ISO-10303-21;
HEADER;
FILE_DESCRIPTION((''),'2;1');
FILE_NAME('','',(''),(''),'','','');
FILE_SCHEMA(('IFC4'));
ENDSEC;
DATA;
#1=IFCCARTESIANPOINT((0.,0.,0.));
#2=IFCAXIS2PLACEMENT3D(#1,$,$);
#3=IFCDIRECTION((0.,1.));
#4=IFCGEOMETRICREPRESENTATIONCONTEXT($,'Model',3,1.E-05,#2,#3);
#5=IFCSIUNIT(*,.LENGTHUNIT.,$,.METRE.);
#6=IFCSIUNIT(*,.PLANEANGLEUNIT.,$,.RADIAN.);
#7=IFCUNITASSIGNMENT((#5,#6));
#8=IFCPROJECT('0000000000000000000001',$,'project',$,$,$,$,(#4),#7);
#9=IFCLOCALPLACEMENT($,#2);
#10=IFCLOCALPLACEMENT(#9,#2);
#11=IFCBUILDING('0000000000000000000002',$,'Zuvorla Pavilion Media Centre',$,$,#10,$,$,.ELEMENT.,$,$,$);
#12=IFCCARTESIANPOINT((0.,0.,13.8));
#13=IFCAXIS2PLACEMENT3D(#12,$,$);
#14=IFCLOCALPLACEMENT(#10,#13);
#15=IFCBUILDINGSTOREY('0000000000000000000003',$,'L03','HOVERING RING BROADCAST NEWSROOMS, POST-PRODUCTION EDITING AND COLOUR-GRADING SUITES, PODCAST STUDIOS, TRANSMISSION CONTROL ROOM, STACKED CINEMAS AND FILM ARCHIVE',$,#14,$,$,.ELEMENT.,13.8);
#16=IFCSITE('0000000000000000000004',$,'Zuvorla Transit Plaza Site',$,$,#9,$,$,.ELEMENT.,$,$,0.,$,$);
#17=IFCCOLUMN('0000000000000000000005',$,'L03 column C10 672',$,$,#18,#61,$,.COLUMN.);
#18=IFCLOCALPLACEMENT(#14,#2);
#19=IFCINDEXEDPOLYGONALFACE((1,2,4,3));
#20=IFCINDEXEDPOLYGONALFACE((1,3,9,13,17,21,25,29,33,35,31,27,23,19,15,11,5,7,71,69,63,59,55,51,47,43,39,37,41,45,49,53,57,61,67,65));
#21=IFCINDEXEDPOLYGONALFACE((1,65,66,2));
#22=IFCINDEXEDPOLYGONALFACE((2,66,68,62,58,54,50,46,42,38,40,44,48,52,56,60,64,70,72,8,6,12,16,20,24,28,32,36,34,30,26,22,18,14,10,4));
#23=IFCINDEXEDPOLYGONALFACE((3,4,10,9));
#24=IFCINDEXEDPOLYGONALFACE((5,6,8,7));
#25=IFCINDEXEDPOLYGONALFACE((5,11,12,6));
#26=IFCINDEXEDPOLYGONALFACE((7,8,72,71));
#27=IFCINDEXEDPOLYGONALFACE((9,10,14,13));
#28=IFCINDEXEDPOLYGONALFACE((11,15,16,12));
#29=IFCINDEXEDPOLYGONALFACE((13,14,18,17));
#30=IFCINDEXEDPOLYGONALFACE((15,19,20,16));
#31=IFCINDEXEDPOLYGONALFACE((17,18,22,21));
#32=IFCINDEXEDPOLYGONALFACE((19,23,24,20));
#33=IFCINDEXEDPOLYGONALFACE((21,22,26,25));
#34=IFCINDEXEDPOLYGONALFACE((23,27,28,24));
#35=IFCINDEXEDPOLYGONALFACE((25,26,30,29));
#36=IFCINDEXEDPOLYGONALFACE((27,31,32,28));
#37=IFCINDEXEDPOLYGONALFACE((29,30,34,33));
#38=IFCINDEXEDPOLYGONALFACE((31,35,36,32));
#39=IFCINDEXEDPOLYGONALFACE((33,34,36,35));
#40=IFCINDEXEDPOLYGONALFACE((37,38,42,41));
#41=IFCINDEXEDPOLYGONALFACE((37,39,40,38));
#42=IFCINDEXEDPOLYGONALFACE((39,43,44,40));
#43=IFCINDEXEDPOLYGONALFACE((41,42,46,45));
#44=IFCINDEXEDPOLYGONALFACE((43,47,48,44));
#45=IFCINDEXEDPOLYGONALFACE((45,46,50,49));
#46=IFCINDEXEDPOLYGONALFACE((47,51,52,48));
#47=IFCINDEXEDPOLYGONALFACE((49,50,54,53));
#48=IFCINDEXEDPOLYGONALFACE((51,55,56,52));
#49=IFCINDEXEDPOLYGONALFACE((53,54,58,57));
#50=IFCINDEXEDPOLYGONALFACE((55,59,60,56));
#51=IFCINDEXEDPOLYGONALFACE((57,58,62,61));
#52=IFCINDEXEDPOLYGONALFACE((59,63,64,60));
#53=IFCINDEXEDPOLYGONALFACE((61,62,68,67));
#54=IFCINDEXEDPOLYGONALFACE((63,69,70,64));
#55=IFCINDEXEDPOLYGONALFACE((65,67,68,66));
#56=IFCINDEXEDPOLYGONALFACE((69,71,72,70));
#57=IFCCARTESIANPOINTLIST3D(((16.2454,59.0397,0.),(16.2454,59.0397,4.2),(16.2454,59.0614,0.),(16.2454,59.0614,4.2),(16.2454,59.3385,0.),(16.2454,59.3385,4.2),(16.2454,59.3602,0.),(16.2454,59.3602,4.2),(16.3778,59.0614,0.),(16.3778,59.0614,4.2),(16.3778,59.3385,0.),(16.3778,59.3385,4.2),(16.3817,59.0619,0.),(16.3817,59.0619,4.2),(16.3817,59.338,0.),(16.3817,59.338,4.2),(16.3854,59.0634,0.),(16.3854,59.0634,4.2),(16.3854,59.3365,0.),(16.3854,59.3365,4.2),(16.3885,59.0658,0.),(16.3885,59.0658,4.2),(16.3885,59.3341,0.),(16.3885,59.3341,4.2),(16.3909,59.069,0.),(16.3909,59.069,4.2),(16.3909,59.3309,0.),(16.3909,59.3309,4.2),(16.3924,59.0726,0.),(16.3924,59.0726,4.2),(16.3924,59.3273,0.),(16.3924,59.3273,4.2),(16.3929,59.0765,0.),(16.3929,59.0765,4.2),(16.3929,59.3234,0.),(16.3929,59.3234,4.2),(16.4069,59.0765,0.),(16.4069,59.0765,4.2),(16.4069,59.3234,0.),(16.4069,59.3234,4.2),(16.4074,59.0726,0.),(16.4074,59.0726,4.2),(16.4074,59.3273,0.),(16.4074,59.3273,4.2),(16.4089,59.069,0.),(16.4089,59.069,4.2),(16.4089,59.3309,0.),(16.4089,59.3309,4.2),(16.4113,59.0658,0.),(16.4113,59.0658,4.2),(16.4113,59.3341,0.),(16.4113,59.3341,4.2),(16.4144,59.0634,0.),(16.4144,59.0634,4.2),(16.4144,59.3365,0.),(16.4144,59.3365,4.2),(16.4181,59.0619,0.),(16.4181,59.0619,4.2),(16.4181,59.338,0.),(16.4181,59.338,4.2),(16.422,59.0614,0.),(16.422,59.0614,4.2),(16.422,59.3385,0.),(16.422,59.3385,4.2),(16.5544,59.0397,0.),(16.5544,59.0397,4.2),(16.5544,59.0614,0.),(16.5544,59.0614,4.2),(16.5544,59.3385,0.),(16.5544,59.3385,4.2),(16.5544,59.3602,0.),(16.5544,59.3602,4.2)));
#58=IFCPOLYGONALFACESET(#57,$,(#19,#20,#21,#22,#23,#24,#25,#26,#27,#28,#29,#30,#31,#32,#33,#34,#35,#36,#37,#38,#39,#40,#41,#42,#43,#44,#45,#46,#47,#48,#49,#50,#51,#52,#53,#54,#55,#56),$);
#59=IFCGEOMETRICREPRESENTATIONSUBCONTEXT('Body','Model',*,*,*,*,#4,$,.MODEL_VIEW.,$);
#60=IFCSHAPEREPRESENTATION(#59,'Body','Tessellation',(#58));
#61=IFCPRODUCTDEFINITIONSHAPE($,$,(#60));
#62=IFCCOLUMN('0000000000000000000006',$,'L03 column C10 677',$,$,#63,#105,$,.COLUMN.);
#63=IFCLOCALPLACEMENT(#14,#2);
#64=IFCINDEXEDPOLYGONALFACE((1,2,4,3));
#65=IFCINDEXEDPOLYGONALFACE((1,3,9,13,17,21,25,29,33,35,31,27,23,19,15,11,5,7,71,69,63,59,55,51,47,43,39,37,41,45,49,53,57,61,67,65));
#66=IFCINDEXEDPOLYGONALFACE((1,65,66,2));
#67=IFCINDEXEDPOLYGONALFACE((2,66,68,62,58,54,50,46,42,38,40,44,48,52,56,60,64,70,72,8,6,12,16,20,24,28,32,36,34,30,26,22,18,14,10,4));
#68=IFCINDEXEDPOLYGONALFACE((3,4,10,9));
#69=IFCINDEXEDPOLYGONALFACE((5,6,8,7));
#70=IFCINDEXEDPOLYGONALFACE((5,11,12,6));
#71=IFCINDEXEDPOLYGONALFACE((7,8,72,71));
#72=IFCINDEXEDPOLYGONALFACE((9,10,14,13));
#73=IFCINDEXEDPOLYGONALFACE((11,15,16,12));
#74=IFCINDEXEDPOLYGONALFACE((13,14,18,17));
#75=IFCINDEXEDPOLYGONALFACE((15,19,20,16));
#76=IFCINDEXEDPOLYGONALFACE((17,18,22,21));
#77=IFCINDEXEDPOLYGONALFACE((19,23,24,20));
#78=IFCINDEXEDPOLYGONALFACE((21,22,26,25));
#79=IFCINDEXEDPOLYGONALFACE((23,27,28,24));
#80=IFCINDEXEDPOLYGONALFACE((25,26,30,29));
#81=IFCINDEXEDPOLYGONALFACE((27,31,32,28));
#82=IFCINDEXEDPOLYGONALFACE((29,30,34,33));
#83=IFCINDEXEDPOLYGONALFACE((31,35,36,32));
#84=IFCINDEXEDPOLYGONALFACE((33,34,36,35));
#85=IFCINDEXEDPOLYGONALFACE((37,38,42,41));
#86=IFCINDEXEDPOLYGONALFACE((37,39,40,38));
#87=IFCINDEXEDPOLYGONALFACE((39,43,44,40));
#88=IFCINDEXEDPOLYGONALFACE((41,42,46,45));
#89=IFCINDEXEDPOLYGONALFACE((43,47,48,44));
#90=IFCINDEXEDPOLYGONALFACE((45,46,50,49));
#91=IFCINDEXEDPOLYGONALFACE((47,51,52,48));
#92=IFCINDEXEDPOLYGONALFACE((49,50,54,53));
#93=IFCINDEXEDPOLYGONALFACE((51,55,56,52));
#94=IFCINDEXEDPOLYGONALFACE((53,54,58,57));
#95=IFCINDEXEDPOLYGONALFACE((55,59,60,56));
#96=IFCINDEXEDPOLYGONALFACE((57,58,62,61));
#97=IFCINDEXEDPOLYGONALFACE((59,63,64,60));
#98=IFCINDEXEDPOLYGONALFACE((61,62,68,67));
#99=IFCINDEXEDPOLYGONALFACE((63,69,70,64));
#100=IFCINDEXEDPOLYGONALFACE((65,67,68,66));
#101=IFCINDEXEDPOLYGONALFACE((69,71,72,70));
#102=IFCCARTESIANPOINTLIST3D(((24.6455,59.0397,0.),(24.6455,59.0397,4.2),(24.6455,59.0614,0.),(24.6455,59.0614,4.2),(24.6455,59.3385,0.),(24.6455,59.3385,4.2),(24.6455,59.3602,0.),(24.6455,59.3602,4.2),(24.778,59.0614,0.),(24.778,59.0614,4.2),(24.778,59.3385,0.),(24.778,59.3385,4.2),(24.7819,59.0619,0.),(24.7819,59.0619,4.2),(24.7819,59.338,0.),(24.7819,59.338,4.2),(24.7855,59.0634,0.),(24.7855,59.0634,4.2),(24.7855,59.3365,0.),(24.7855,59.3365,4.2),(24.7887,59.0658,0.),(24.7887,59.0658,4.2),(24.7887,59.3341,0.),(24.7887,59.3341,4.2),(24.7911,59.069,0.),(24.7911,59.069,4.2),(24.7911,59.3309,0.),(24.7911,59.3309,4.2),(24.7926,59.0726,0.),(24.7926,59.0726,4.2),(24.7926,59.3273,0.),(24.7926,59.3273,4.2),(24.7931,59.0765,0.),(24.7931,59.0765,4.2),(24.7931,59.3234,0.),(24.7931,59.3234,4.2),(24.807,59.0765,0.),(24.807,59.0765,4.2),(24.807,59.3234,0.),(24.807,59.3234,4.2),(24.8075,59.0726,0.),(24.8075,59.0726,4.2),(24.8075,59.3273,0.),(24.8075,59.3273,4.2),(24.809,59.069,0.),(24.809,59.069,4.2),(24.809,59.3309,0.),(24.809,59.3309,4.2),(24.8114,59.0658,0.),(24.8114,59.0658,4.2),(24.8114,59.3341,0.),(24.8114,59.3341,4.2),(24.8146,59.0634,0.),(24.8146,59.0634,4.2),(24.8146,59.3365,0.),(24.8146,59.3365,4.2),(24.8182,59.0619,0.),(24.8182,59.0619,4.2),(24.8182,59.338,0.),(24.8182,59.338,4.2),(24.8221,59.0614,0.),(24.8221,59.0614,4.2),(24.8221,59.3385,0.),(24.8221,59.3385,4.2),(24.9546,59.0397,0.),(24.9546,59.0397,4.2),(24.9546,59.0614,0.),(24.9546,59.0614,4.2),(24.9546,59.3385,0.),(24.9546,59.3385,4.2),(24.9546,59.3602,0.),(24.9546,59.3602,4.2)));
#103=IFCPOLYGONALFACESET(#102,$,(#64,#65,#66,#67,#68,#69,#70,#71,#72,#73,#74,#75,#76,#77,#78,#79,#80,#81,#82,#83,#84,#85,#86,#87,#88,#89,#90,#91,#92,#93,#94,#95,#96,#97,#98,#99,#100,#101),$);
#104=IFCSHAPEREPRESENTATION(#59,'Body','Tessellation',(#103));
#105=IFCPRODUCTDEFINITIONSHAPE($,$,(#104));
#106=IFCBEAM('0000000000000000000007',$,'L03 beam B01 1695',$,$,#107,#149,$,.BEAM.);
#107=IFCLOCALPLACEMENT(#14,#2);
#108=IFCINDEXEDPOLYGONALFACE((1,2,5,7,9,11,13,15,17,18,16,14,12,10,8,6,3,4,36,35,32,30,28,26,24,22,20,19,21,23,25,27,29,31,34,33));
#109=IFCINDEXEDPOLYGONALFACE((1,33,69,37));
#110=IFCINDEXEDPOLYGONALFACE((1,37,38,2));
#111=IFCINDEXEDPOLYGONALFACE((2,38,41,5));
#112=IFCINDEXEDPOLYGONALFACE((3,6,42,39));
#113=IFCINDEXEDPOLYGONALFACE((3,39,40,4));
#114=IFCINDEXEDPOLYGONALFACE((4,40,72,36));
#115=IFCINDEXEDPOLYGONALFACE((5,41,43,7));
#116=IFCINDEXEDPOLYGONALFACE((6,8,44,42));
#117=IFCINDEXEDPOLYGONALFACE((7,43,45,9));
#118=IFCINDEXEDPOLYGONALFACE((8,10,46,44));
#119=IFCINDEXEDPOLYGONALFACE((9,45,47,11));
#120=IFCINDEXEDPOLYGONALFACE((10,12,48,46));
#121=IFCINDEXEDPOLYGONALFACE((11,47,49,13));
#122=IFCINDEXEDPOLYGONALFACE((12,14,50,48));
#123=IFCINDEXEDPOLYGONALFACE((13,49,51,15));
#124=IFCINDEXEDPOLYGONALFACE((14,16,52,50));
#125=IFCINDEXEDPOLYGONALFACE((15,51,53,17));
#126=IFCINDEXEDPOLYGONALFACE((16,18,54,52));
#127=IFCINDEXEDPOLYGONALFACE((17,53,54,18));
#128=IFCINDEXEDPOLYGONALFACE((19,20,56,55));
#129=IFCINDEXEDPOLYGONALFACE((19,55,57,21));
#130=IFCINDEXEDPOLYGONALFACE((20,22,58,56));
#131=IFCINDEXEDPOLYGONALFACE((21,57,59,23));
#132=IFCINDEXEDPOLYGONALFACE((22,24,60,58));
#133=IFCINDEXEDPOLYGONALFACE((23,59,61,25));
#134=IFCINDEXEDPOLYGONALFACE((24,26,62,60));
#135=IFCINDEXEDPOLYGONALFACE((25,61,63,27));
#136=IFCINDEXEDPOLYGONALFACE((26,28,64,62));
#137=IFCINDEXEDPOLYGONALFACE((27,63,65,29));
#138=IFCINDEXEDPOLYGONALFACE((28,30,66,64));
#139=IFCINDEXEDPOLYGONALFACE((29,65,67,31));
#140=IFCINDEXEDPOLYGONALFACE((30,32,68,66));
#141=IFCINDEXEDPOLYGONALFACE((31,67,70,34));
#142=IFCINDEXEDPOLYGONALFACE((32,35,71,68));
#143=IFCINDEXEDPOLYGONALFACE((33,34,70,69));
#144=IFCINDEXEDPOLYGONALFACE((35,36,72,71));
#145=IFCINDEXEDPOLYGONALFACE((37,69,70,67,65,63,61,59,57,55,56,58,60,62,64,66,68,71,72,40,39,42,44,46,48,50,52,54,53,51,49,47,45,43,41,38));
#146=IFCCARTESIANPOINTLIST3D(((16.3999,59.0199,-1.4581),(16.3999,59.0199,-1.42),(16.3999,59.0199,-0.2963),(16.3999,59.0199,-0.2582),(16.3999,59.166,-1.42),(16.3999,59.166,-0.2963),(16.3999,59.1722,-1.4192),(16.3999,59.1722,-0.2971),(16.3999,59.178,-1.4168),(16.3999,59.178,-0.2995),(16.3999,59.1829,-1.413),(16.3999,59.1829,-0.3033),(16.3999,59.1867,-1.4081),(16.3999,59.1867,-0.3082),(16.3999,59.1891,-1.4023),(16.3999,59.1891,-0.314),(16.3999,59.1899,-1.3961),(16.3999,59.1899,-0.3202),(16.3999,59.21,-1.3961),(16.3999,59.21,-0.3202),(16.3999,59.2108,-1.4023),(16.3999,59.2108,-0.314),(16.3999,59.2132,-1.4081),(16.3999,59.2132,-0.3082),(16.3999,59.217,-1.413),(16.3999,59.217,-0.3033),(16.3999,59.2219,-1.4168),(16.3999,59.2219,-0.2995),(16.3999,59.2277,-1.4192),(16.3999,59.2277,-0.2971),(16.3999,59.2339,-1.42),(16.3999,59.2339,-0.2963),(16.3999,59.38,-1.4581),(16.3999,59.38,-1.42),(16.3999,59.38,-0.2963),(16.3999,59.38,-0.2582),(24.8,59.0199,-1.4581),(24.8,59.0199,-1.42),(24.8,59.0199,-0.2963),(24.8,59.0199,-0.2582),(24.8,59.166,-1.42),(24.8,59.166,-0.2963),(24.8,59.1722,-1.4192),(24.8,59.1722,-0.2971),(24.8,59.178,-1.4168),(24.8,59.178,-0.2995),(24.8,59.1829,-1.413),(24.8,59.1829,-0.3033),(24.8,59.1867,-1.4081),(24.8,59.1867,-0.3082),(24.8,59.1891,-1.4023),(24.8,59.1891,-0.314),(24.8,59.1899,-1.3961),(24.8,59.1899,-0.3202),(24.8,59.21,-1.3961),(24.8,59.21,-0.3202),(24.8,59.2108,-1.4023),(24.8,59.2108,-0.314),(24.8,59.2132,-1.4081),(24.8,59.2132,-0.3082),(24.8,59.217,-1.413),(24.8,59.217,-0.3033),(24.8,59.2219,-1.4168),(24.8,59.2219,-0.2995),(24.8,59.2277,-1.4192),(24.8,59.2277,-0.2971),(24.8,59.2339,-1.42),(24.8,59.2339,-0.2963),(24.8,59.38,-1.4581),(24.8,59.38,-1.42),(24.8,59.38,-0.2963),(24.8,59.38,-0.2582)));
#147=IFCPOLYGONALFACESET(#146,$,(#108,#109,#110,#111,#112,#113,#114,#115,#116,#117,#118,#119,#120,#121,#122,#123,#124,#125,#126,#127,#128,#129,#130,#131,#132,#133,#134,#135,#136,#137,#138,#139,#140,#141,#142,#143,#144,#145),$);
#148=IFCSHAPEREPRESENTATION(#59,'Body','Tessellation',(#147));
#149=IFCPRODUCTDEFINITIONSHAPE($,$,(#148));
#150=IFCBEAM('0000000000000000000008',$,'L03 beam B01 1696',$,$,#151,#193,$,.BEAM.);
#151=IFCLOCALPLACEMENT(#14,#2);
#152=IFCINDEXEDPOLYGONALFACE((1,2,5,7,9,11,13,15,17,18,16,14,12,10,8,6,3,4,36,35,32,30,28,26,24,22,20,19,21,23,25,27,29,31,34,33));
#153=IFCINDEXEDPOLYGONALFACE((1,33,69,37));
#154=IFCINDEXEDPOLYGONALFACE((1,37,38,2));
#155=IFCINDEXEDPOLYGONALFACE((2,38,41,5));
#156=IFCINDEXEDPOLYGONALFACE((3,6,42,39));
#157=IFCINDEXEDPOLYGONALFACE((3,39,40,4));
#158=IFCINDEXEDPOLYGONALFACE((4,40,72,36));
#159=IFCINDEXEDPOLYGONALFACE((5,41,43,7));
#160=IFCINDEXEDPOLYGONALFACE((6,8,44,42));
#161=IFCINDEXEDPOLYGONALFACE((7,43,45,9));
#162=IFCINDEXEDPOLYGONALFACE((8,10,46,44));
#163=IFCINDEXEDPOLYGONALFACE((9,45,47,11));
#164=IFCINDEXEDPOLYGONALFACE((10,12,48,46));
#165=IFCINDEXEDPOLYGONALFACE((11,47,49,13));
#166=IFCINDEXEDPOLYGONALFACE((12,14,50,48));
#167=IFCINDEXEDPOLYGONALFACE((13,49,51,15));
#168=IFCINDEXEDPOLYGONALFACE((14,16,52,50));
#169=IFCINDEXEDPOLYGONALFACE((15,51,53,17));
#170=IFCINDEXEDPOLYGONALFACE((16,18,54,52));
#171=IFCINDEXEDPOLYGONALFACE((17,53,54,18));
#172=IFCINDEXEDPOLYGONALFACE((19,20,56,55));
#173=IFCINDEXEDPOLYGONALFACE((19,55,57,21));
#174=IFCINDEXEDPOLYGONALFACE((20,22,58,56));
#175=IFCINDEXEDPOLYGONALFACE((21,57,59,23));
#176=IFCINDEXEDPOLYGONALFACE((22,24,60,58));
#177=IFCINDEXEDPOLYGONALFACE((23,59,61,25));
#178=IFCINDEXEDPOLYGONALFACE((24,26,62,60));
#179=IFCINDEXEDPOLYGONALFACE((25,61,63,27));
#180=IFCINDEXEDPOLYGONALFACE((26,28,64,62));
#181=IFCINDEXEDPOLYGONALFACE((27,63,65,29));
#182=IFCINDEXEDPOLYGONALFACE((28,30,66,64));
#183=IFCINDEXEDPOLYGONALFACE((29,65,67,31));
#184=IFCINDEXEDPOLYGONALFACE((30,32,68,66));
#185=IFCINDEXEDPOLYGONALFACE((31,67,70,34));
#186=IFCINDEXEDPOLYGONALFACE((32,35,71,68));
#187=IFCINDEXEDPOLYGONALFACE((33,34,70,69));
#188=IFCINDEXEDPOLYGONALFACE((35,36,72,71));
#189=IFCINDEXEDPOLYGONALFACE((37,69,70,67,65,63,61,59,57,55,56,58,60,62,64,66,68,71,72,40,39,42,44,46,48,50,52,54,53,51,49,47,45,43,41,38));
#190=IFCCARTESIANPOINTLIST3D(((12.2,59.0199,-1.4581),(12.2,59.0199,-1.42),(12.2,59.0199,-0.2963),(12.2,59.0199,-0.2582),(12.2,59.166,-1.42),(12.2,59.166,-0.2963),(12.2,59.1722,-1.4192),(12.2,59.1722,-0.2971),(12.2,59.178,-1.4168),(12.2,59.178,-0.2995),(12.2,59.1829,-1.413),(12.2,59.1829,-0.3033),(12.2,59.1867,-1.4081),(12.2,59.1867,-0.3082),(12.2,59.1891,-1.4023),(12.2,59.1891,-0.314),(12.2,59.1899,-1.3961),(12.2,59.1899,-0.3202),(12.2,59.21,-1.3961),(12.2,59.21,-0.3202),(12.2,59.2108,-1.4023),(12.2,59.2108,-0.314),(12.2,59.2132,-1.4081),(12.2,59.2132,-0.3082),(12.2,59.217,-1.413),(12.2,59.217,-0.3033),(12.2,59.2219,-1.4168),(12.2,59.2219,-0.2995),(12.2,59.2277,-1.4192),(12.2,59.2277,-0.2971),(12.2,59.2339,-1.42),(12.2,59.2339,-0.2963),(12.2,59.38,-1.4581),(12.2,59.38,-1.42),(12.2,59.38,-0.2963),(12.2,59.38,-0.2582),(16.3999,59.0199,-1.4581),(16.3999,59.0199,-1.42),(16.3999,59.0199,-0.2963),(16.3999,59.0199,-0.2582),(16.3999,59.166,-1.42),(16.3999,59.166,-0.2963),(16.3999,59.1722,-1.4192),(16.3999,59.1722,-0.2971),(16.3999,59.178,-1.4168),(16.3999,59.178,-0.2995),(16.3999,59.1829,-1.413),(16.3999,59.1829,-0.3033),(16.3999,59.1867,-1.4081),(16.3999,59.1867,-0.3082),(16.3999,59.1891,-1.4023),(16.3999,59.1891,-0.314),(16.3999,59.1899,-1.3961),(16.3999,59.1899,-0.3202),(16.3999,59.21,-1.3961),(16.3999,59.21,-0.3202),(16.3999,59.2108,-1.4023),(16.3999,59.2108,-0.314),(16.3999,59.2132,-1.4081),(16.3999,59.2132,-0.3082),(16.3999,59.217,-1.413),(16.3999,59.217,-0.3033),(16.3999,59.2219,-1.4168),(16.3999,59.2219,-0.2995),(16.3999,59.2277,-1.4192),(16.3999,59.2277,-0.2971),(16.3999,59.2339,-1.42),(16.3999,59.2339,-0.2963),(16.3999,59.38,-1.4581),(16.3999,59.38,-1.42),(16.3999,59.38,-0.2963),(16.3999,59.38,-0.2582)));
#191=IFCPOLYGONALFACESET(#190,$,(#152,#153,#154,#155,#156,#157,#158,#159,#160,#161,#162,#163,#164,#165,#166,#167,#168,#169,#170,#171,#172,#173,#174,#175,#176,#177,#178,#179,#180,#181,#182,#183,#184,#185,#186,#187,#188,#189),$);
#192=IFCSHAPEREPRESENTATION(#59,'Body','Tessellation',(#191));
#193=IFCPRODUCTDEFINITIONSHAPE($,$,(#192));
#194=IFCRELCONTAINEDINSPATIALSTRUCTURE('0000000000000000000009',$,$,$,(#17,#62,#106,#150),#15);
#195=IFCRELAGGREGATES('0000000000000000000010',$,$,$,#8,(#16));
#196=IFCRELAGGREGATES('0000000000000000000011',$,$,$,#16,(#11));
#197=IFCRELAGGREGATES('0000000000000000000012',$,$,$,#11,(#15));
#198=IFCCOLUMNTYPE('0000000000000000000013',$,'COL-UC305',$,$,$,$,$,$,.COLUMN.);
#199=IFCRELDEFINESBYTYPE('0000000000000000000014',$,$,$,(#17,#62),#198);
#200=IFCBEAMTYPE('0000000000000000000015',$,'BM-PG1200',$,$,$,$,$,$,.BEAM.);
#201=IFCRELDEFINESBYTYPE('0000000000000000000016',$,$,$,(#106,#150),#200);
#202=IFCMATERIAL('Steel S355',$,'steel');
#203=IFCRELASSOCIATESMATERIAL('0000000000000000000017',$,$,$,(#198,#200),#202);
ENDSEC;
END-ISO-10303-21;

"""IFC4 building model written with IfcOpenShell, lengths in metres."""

from ifc_helpers import new_model, si_unit, direction, frame, origin, origin_2d, place, context, subcontext, project, spatial, i_section, extrude, material, material_profile, profile_set, type_object, element, save


model = new_model("IFC4")

# Units and contexts
model_context = context("Model", 3, precision=1e-05, world=origin(), true_north=direction((0.0, 1.0)))
body_context = subcontext(model_context, "Body", "Model", "MODEL_VIEW")
ifc_project = project(units=[si_unit("LENGTHUNIT", "METRE"), si_unit("PLANEANGLEUNIT", "RADIAN")], contexts=[model_context])

# Site, building, storey
site_placement = place(None, origin())
site = spatial("IfcSite", under=ifc_project, at=site_placement, Name="Zuvorla Transit Plaza Site", CompositionType="ELEMENT", RefElevation=0.0)
building_placement = place(site_placement, origin())
building = spatial("IfcBuilding", under=site, at=building_placement, Name="Zuvorla Pavilion Media Centre", CompositionType="ELEMENT")
storey_placement = place(building_placement, frame((0.0, 0.0, 13.8)))
storey = spatial("IfcBuildingStorey", under=building, at=storey_placement, Name="L03", Description="HOVERING RING BROADCAST NEWSROOMS, POST-PRODUCTION EDITING AND COLOUR-GRADING SUITES, PODCAST STUDIOS, TRANSMISSION CONTROL ROOM, STACKED CINEMAS AND FILM ARCHIVE", CompositionType="ELEMENT", Elevation=13.8)

# Columns
ifc_material_1 = material(Name="Steel S355", Category="steel")
ifc_material_profile_1 = material_profile(ifc_material_1, i_section(OverallWidth=0.3091, OverallDepth=0.3206, WebThickness=0.0139, FlangeThickness=0.0217, FilletRadius=0.0151, at=origin_2d()), Name="UC 305x305x137")
ifc_profile_set_1 = profile_set([ifc_material_profile_1], Name="Steel S355")
column_type = type_object("IfcColumnType", Name="COL-UC305", PredefinedType="COLUMN", material=ifc_profile_set_1)
for number, where, z_axis, x_axis, name in (
    (1, (16.3999, 59.2, 0.0), (0.0, 0.0, 1.0), (1.0, 0.0, 0.0), "L03 column C10 672"),
    (2, (24.8, 59.2, 0.0), (0.0, 0.0, 1.0), (1.0, 0.0, 0.0), "L03 column C10 677"),
):
    element("IfcColumn", number, at=place(storey_placement, frame(where, z_axis=z_axis, x_axis=x_axis)), inside=storey, type_object=column_type, Name=name, PredefinedType="COLUMN", context=body_context, shape_type="SweptSolid", body=[
        extrude(i_section(OverallWidth=0.3091, OverallDepth=0.3206, WebThickness=0.0139, FlangeThickness=0.0217, FilletRadius=0.0151, at=origin_2d()), origin(), (0.0, 0.0, 1.0), 4.2),
    ])

# Beams
ifc_material_profile_2 = material_profile(ifc_material_1, i_section(OverallWidth=0.3601, OverallDepth=1.2, WebThickness=0.02, FlangeThickness=0.0381, FilletRadius=0.0239, at=origin_2d()), Name="PG 1200x360x38")
ifc_profile_set_2 = profile_set([ifc_material_profile_2], Name="Steel S355")
beam_type_1 = type_object("IfcBeamType", Name="BM-PG1200", PredefinedType="BEAM", material=ifc_profile_set_2)
beam_1_placement = place(storey_placement, frame((24.8, 59.2, -0.8582), z_axis=(-1.0, 0.0, 0.0), x_axis=(0.0, -1.0, 0.0)))
element("IfcBeam", 3, at=beam_1_placement, inside=storey, type_object=beam_type_1, Name="L03 beam B01 1695", PredefinedType="BEAM", context=body_context, shape_type="SweptSolid", body=[
    extrude(i_section(OverallWidth=0.3601, OverallDepth=1.2, WebThickness=0.02, FlangeThickness=0.0381, FilletRadius=0.0239, at=origin_2d()), origin(), (0.0, 0.0, 1.0), 8.4001),
])
beam_2_placement = place(storey_placement, frame((16.3999, 59.2, -0.8582), z_axis=(-1.0, 0.0, 0.0), x_axis=(0.0, -1.0, 0.0)))
element("IfcBeam", 4, at=beam_2_placement, inside=storey, type_object=beam_type_1, Name="L03 beam B01 1696", PredefinedType="BEAM", context=body_context, shape_type="SweptSolid", body=[
    extrude(i_section(OverallWidth=0.3601, OverallDepth=1.2, WebThickness=0.02, FlangeThickness=0.0381, FilletRadius=0.0239, at=origin_2d()), origin(), (0.0, 0.0, 1.0), 4.2),
])

save(model, "model.ifc")
